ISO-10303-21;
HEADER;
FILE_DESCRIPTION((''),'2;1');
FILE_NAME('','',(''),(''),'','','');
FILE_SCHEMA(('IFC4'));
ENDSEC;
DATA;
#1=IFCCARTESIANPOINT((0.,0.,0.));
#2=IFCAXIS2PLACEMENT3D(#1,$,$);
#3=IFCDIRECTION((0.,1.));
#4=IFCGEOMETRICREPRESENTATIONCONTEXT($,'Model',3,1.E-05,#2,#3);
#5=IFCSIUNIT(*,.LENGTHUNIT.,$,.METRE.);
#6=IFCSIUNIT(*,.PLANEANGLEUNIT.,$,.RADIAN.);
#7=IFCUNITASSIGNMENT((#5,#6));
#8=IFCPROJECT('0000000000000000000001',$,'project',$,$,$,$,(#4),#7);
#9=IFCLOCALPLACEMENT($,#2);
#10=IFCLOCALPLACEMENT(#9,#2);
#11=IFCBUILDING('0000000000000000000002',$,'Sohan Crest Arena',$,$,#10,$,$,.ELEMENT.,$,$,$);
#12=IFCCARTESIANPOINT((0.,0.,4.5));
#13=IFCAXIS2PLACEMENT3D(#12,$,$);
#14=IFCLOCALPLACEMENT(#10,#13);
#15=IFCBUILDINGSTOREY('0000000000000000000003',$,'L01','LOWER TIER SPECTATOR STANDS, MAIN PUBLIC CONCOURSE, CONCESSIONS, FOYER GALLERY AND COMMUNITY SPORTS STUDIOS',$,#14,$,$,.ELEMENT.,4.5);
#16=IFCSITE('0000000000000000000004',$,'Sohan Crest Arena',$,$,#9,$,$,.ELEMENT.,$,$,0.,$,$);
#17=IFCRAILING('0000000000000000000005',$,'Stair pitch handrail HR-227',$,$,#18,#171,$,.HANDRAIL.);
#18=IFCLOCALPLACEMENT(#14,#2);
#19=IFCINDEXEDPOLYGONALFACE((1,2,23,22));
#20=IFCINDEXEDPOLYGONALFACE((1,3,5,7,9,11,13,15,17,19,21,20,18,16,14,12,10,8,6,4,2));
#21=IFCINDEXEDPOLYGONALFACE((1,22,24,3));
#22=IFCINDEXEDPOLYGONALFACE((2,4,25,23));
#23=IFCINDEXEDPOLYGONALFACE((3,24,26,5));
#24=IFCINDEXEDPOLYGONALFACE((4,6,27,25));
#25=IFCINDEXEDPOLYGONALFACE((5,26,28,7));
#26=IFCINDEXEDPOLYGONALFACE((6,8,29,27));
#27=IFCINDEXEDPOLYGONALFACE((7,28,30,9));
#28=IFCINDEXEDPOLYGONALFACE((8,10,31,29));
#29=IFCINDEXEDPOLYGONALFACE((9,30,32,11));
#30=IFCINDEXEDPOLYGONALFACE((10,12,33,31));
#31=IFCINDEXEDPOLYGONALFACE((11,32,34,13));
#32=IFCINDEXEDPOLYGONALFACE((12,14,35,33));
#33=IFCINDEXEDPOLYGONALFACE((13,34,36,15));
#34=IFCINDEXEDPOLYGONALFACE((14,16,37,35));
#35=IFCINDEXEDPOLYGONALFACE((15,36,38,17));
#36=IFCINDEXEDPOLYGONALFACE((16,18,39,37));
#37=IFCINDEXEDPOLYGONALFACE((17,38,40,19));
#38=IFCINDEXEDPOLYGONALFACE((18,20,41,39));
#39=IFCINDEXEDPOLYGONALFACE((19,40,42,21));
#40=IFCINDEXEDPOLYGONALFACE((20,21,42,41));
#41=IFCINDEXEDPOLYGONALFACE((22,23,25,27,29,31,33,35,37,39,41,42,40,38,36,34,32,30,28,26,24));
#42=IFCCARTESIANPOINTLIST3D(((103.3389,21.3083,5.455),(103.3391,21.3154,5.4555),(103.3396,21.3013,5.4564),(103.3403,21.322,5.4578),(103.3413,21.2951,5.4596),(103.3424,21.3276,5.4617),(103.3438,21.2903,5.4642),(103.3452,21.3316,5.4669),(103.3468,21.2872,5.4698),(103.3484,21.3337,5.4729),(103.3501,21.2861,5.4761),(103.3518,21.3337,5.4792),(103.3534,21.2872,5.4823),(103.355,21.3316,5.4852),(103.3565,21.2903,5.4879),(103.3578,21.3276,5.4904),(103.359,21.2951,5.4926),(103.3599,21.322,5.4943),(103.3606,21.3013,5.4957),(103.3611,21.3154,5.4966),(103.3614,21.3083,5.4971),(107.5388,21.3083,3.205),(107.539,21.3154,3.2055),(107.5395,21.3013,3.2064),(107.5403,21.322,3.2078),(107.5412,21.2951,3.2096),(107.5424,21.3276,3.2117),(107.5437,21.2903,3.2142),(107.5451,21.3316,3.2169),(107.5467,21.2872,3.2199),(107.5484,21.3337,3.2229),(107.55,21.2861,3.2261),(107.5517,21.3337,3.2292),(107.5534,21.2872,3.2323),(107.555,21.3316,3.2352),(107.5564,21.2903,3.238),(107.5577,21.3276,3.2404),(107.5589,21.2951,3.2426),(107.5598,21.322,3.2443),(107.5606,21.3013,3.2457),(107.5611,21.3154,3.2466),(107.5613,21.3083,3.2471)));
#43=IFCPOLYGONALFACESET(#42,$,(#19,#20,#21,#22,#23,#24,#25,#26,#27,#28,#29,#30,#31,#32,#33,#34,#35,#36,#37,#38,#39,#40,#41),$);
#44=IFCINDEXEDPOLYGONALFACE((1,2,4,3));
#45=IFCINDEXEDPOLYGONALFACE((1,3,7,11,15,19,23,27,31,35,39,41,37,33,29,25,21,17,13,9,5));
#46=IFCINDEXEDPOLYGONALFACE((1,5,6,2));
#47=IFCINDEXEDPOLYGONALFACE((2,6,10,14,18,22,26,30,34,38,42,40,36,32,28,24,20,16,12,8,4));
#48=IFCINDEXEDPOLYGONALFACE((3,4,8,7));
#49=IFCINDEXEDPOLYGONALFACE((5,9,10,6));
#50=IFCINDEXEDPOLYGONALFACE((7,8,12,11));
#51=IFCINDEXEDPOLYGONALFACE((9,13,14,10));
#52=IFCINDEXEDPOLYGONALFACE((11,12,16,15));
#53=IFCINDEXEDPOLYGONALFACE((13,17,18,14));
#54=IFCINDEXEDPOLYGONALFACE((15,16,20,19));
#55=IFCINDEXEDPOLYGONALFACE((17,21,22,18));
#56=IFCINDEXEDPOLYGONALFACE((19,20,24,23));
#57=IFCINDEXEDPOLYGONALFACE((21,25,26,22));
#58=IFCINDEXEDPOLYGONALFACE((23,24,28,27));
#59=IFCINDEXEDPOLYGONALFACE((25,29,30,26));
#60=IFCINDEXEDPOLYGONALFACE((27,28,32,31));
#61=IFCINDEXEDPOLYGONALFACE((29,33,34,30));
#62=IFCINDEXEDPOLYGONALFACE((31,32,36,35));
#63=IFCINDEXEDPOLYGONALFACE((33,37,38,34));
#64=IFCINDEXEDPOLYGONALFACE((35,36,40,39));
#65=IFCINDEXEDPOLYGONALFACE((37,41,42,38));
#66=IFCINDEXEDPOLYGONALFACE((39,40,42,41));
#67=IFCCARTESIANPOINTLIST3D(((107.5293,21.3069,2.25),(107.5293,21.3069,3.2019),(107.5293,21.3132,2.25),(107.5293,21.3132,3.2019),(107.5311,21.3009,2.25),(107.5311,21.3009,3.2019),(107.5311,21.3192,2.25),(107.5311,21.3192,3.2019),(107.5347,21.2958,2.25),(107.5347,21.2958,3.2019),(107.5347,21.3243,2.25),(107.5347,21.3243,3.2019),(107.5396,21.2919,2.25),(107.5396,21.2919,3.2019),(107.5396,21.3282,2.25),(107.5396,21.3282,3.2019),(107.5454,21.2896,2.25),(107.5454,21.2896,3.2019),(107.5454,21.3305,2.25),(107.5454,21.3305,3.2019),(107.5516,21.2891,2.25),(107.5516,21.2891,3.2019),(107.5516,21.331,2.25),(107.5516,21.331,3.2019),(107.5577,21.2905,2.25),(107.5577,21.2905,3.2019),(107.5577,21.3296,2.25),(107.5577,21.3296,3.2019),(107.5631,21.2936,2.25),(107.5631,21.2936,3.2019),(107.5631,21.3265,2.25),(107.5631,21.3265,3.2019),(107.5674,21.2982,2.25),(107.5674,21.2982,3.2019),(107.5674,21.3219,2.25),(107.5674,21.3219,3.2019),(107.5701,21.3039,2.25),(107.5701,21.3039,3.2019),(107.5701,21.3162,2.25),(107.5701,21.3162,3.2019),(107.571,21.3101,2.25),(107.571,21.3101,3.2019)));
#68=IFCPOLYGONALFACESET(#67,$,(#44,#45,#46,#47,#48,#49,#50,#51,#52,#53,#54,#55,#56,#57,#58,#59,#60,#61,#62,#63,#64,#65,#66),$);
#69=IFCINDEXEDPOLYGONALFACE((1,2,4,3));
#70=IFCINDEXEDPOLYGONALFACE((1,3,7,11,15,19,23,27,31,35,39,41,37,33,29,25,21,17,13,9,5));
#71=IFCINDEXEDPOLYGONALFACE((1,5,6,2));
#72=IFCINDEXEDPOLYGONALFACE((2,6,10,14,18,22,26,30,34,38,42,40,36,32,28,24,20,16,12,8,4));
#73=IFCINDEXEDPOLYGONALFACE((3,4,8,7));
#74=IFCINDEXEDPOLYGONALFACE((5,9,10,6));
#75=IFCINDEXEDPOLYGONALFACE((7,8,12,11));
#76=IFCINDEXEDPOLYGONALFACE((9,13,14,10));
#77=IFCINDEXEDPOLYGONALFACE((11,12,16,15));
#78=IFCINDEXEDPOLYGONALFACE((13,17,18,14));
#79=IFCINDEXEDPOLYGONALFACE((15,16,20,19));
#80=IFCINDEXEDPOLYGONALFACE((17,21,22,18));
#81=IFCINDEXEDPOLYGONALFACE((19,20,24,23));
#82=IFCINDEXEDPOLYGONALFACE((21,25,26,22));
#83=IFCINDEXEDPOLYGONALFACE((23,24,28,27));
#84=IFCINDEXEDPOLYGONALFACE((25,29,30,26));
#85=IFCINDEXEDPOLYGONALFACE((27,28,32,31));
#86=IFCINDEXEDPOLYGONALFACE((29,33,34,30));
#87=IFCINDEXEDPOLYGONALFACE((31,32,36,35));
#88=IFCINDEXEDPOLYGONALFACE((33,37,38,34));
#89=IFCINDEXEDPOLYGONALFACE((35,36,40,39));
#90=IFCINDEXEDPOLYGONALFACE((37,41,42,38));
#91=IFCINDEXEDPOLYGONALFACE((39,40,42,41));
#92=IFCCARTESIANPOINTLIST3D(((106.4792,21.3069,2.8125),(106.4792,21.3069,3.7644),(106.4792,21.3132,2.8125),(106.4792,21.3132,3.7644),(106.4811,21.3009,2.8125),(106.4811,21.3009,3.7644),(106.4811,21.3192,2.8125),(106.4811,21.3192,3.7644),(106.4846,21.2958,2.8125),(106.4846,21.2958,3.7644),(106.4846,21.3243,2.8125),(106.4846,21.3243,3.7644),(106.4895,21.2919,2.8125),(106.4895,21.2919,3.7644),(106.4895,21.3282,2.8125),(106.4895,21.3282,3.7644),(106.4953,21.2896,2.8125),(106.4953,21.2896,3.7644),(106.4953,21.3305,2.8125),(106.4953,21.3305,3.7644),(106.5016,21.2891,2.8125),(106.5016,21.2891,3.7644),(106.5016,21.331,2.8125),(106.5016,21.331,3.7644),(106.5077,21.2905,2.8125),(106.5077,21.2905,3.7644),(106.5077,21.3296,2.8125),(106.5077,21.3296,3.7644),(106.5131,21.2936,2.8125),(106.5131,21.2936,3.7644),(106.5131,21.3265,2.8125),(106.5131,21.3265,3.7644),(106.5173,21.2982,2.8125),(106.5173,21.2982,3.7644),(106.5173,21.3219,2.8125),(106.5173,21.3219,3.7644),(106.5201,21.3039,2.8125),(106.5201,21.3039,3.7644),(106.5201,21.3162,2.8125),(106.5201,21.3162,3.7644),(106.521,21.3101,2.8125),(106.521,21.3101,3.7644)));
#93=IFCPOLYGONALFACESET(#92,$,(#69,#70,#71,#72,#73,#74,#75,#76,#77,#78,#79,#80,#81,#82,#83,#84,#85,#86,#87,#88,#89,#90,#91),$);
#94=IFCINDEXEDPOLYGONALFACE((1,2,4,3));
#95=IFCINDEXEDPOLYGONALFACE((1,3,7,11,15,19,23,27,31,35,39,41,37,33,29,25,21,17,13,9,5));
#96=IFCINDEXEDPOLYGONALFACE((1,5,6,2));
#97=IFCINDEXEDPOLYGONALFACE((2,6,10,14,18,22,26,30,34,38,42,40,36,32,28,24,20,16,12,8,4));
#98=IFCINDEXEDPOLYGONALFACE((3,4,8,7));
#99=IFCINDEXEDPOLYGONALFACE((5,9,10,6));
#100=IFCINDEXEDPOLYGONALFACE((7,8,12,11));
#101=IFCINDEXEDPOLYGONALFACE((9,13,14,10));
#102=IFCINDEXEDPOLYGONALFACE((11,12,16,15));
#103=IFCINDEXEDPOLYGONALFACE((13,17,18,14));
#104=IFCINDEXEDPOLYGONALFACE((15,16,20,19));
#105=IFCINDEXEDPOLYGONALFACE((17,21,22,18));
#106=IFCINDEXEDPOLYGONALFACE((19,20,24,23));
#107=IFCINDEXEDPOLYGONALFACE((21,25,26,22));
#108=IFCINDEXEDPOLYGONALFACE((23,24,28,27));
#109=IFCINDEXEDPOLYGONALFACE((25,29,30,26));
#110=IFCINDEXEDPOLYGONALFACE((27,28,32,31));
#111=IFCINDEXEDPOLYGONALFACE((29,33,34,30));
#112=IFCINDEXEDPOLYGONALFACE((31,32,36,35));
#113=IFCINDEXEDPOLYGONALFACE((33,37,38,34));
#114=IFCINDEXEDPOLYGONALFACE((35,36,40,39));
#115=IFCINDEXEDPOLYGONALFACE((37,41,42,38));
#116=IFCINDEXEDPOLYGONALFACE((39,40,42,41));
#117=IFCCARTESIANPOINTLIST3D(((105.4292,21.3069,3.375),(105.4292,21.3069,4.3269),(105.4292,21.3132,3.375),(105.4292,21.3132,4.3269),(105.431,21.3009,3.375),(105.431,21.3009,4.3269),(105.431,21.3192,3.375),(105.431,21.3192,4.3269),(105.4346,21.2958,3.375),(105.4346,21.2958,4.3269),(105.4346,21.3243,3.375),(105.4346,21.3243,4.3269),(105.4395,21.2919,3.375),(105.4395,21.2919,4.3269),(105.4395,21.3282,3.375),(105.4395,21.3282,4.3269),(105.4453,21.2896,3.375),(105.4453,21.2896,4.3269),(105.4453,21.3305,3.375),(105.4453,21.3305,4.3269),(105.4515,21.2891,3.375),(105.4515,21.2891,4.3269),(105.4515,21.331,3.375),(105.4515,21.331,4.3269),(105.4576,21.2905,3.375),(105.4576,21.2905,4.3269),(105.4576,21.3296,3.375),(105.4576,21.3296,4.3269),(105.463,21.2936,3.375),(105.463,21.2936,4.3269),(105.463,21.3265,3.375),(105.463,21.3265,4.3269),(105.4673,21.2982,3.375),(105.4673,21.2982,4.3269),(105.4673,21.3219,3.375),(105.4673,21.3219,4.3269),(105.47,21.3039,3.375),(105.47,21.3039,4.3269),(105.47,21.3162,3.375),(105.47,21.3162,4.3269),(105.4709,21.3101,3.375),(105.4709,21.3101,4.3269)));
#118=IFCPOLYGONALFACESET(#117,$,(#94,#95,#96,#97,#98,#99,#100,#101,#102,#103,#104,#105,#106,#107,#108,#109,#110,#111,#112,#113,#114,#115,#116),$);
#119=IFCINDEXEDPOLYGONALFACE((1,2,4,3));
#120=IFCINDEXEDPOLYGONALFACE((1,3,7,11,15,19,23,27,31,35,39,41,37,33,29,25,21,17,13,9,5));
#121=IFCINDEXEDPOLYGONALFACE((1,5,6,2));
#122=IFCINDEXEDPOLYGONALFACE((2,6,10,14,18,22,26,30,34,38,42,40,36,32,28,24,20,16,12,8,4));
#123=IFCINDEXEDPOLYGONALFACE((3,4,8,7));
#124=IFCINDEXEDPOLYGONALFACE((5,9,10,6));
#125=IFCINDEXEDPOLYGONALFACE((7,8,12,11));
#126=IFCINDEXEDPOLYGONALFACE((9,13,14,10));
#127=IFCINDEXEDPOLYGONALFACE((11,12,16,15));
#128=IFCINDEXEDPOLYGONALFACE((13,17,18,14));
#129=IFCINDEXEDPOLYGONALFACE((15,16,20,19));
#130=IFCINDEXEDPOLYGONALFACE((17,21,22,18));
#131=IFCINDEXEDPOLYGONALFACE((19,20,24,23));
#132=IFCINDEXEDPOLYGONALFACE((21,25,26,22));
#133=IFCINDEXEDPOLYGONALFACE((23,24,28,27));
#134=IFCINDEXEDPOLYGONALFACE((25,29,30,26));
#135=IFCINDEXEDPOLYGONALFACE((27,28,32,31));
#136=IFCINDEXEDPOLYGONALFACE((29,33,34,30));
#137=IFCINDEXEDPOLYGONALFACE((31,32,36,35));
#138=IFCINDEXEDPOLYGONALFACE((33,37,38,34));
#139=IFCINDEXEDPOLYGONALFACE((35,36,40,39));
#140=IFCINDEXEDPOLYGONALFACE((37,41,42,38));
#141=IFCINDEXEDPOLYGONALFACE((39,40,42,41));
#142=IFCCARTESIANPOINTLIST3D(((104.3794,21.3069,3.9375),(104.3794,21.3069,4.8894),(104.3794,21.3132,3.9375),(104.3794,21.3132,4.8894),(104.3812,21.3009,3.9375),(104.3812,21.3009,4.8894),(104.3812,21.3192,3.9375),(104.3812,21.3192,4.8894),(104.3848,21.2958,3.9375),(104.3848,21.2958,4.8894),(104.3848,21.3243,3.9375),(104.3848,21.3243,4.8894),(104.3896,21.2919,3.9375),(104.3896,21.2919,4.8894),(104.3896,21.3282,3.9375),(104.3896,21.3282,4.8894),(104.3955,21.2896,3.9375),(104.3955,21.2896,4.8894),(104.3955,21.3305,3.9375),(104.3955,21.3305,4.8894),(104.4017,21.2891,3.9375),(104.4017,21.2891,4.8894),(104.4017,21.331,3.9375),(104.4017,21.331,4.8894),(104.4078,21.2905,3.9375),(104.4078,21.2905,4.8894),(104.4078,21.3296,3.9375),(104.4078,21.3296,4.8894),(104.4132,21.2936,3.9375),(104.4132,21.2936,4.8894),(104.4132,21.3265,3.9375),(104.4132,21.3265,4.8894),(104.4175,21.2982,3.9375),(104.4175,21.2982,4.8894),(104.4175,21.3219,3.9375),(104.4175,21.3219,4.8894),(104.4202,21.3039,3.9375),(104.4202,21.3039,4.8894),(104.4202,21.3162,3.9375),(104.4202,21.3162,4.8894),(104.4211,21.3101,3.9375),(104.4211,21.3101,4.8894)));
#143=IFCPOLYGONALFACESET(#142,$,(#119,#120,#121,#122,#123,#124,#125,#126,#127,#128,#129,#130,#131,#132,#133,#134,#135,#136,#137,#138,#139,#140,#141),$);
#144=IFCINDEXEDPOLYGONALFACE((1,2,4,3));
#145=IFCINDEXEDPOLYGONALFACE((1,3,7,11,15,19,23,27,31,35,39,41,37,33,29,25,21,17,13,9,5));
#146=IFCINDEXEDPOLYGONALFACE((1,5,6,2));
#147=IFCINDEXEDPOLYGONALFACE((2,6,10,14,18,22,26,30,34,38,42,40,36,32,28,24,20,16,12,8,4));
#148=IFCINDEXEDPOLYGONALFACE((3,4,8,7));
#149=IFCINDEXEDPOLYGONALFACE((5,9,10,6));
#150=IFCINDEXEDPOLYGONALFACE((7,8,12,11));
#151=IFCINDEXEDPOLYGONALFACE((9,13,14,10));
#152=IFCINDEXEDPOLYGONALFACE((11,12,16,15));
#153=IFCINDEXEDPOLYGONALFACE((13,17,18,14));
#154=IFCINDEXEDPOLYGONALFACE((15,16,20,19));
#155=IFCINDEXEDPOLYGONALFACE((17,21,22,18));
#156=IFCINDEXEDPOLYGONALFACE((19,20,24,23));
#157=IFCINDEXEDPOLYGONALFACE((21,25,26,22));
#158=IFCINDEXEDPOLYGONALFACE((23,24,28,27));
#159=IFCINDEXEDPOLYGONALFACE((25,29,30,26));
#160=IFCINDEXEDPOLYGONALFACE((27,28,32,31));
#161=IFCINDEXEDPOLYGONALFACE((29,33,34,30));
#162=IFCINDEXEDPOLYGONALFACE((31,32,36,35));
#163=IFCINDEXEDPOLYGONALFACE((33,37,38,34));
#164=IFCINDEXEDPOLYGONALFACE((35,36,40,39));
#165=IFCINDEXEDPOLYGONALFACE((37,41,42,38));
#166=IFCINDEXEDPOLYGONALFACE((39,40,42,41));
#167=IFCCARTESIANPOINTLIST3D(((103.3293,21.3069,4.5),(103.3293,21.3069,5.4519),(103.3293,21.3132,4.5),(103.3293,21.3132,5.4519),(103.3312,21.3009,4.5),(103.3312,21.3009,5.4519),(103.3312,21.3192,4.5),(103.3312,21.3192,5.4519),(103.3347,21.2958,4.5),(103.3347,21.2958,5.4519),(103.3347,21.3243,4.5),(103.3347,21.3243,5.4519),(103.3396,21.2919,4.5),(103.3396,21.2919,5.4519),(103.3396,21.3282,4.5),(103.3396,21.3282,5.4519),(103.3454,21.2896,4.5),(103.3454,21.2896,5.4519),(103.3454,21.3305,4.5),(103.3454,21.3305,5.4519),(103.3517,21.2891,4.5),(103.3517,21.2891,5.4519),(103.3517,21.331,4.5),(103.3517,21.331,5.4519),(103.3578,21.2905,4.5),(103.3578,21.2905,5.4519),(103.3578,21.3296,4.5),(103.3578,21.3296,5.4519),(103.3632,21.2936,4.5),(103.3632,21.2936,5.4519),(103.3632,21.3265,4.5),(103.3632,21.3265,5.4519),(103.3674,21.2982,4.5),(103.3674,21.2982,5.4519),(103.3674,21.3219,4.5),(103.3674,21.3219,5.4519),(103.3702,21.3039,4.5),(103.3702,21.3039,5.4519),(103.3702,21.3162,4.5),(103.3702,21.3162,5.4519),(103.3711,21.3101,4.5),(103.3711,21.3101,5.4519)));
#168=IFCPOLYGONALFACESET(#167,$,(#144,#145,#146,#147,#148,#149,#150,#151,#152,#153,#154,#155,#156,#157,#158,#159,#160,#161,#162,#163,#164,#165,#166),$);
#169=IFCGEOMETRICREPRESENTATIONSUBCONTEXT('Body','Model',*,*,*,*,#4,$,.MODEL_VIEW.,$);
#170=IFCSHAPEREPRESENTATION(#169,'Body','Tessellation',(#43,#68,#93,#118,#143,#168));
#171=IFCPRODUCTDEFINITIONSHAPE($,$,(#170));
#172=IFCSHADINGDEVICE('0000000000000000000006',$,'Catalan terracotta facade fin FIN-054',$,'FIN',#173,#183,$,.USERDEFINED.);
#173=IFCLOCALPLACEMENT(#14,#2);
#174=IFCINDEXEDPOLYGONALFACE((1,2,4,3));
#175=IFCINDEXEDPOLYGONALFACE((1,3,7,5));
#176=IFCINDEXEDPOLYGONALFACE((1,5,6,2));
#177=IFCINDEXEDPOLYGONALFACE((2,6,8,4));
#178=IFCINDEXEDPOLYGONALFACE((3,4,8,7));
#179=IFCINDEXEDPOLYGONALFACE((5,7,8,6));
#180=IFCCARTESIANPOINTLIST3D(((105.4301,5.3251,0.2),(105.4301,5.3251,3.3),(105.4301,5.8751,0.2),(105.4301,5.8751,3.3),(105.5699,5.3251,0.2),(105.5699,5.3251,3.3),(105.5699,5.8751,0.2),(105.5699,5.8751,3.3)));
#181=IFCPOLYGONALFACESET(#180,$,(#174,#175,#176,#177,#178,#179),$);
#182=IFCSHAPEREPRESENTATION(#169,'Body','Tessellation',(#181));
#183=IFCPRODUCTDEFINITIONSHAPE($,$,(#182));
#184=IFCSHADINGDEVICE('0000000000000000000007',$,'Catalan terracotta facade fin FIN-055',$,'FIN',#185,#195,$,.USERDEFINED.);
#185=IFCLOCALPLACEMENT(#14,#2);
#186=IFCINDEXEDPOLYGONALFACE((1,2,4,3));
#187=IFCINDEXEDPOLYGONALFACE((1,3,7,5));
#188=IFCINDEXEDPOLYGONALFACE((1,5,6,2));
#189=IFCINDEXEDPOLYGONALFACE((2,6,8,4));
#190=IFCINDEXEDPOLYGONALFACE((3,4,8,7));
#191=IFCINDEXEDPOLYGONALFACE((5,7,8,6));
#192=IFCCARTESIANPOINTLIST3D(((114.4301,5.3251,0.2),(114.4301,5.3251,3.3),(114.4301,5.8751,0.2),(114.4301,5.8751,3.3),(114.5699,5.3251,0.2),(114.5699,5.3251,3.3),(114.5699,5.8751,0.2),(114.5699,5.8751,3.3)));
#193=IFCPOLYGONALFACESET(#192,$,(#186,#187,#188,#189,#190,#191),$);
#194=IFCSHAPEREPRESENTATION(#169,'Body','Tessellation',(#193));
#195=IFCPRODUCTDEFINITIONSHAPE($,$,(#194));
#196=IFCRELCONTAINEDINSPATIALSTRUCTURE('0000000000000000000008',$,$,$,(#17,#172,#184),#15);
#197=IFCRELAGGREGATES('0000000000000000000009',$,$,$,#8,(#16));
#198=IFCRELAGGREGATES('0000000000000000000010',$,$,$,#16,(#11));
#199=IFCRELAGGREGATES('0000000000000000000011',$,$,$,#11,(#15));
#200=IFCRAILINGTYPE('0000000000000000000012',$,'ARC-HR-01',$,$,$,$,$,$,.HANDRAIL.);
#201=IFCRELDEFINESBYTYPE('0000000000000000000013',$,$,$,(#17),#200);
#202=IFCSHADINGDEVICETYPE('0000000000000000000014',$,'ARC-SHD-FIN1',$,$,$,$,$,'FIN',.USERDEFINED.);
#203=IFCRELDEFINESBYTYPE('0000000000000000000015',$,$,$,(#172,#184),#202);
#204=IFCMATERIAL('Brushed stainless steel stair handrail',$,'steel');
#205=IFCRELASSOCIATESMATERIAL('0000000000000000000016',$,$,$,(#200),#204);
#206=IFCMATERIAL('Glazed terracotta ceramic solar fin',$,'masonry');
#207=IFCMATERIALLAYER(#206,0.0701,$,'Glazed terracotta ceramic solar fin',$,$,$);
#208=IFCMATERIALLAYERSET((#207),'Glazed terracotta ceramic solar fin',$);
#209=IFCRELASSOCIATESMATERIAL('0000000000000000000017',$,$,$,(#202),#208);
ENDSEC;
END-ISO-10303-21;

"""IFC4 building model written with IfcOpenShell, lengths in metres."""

from ifc_helpers import new_model, si_unit, direction, frame, origin, origin_2d, place, context, subcontext, project, spatial, rectangle, circle, extrude, material, layer, layer_set, type_object, element, save


model = new_model("IFC4")

# Units and contexts
model_context = context("Model", 3, precision=1e-05, world=origin(), true_north=direction((0.0, 1.0)))
body_context = subcontext(model_context, "Body", "Model", "MODEL_VIEW")
ifc_project = project(units=[si_unit("LENGTHUNIT", "METRE"), si_unit("PLANEANGLEUNIT", "RADIAN")], contexts=[model_context])

# Site, building, storey
site_placement = place(None, origin())
site = spatial("IfcSite", under=ifc_project, at=site_placement, Name="Sohan Crest Arena", CompositionType="ELEMENT", RefElevation=0.0)
building_placement = place(site_placement, origin())
building = spatial("IfcBuilding", under=site, at=building_placement, Name="Sohan Crest Arena", CompositionType="ELEMENT")
storey_placement = place(building_placement, frame((0.0, 0.0, 4.5)))
storey = spatial("IfcBuildingStorey", under=building, at=storey_placement, Name="L01", Description="LOWER TIER SPECTATOR STANDS, MAIN PUBLIC CONCOURSE, CONCESSIONS, FOYER GALLERY AND COMMUNITY SPORTS STUDIOS", CompositionType="ELEMENT", Elevation=4.5)

# Railing
ifc_material_1 = material(Name="Brushed stainless steel stair handrail", Category="steel")
railing_type_1 = type_object("IfcRailingType", Name="ARC-HR-01", PredefinedType="HANDRAIL", material=ifc_material_1)
railing_1_placement = place(storey_placement, frame((107.55, 21.3101, 2.25)))
element("IfcRailing", 1, at=railing_1_placement, inside=storey, type_object=railing_type_1, Name="Stair pitch handrail HR-227", PredefinedType="HANDRAIL", context=body_context, shape_type="SweptSolid", body=[
    extrude(circle(Radius=0.0239, at=origin_2d()), frame((0.0, 0.0, 0.9761), z_axis=(-0.881478, 0.0, 0.472226), x_axis=(0.0, -1.0, 0.0)), (0.0, 0.0, 1.0), 4.7646),
    extrude(circle(Radius=0.021, at=origin_2d()), origin(), (0.0, 0.0, 1.0), 0.9519),
    extrude(circle(Radius=0.021, at=origin_2d()), frame((-1.05, 0.0, 0.5625)), (0.0, 0.0, 1.0), 0.9519),
    extrude(circle(Radius=0.021, at=origin_2d()), frame((-2.1001, 0.0, 1.125)), (0.0, 0.0, 1.0), 0.9519),
    extrude(circle(Radius=0.021, at=origin_2d()), frame((-3.1499, 0.0, 1.6875)), (0.0, 0.0, 1.0), 0.9519),
    extrude(circle(Radius=0.021, at=origin_2d()), frame((-4.2, 0.0, 2.25)), (0.0, 0.0, 1.0), 0.9519),
])

# Shading devices
ifc_material_2 = material(Name="Glazed terracotta ceramic solar fin", Category="masonry")
ifc_layer_1 = layer(ifc_material_2, 0.0701, Name="Glazed terracotta ceramic solar fin")
ifc_layer_set_1 = layer_set([ifc_layer_1], Name="Glazed terracotta ceramic solar fin")
shading_device_type = type_object("IfcShadingDeviceType", Name="ARC-SHD-FIN1", ElementType="FIN", PredefinedType="USERDEFINED", material=ifc_layer_set_1)
for number, where, z_axis, x_axis, name in (
    (2, (105.5, 5.6001, 0.2), (0.0, 0.0, 1.0), (1.0, 0.0, 0.0), "Catalan terracotta facade fin FIN-054"),
    (3, (114.5, 5.6001, 0.2), (0.0, 0.0, 1.0), (1.0, 0.0, 0.0), "Catalan terracotta facade fin FIN-055"),
):
    element("IfcShadingDevice", number, at=place(storey_placement, frame(where, z_axis=z_axis, x_axis=x_axis)), inside=storey, type_object=shading_device_type, Name=name, ObjectType="FIN", PredefinedType="USERDEFINED", context=body_context, shape_type="SweptSolid", body=[
        extrude(rectangle(XDim=0.1399, YDim=0.55, at=origin_2d()), origin(), (0.0, 0.0, 1.0), 3.1001),
    ])

save(model, "model.ifc")
